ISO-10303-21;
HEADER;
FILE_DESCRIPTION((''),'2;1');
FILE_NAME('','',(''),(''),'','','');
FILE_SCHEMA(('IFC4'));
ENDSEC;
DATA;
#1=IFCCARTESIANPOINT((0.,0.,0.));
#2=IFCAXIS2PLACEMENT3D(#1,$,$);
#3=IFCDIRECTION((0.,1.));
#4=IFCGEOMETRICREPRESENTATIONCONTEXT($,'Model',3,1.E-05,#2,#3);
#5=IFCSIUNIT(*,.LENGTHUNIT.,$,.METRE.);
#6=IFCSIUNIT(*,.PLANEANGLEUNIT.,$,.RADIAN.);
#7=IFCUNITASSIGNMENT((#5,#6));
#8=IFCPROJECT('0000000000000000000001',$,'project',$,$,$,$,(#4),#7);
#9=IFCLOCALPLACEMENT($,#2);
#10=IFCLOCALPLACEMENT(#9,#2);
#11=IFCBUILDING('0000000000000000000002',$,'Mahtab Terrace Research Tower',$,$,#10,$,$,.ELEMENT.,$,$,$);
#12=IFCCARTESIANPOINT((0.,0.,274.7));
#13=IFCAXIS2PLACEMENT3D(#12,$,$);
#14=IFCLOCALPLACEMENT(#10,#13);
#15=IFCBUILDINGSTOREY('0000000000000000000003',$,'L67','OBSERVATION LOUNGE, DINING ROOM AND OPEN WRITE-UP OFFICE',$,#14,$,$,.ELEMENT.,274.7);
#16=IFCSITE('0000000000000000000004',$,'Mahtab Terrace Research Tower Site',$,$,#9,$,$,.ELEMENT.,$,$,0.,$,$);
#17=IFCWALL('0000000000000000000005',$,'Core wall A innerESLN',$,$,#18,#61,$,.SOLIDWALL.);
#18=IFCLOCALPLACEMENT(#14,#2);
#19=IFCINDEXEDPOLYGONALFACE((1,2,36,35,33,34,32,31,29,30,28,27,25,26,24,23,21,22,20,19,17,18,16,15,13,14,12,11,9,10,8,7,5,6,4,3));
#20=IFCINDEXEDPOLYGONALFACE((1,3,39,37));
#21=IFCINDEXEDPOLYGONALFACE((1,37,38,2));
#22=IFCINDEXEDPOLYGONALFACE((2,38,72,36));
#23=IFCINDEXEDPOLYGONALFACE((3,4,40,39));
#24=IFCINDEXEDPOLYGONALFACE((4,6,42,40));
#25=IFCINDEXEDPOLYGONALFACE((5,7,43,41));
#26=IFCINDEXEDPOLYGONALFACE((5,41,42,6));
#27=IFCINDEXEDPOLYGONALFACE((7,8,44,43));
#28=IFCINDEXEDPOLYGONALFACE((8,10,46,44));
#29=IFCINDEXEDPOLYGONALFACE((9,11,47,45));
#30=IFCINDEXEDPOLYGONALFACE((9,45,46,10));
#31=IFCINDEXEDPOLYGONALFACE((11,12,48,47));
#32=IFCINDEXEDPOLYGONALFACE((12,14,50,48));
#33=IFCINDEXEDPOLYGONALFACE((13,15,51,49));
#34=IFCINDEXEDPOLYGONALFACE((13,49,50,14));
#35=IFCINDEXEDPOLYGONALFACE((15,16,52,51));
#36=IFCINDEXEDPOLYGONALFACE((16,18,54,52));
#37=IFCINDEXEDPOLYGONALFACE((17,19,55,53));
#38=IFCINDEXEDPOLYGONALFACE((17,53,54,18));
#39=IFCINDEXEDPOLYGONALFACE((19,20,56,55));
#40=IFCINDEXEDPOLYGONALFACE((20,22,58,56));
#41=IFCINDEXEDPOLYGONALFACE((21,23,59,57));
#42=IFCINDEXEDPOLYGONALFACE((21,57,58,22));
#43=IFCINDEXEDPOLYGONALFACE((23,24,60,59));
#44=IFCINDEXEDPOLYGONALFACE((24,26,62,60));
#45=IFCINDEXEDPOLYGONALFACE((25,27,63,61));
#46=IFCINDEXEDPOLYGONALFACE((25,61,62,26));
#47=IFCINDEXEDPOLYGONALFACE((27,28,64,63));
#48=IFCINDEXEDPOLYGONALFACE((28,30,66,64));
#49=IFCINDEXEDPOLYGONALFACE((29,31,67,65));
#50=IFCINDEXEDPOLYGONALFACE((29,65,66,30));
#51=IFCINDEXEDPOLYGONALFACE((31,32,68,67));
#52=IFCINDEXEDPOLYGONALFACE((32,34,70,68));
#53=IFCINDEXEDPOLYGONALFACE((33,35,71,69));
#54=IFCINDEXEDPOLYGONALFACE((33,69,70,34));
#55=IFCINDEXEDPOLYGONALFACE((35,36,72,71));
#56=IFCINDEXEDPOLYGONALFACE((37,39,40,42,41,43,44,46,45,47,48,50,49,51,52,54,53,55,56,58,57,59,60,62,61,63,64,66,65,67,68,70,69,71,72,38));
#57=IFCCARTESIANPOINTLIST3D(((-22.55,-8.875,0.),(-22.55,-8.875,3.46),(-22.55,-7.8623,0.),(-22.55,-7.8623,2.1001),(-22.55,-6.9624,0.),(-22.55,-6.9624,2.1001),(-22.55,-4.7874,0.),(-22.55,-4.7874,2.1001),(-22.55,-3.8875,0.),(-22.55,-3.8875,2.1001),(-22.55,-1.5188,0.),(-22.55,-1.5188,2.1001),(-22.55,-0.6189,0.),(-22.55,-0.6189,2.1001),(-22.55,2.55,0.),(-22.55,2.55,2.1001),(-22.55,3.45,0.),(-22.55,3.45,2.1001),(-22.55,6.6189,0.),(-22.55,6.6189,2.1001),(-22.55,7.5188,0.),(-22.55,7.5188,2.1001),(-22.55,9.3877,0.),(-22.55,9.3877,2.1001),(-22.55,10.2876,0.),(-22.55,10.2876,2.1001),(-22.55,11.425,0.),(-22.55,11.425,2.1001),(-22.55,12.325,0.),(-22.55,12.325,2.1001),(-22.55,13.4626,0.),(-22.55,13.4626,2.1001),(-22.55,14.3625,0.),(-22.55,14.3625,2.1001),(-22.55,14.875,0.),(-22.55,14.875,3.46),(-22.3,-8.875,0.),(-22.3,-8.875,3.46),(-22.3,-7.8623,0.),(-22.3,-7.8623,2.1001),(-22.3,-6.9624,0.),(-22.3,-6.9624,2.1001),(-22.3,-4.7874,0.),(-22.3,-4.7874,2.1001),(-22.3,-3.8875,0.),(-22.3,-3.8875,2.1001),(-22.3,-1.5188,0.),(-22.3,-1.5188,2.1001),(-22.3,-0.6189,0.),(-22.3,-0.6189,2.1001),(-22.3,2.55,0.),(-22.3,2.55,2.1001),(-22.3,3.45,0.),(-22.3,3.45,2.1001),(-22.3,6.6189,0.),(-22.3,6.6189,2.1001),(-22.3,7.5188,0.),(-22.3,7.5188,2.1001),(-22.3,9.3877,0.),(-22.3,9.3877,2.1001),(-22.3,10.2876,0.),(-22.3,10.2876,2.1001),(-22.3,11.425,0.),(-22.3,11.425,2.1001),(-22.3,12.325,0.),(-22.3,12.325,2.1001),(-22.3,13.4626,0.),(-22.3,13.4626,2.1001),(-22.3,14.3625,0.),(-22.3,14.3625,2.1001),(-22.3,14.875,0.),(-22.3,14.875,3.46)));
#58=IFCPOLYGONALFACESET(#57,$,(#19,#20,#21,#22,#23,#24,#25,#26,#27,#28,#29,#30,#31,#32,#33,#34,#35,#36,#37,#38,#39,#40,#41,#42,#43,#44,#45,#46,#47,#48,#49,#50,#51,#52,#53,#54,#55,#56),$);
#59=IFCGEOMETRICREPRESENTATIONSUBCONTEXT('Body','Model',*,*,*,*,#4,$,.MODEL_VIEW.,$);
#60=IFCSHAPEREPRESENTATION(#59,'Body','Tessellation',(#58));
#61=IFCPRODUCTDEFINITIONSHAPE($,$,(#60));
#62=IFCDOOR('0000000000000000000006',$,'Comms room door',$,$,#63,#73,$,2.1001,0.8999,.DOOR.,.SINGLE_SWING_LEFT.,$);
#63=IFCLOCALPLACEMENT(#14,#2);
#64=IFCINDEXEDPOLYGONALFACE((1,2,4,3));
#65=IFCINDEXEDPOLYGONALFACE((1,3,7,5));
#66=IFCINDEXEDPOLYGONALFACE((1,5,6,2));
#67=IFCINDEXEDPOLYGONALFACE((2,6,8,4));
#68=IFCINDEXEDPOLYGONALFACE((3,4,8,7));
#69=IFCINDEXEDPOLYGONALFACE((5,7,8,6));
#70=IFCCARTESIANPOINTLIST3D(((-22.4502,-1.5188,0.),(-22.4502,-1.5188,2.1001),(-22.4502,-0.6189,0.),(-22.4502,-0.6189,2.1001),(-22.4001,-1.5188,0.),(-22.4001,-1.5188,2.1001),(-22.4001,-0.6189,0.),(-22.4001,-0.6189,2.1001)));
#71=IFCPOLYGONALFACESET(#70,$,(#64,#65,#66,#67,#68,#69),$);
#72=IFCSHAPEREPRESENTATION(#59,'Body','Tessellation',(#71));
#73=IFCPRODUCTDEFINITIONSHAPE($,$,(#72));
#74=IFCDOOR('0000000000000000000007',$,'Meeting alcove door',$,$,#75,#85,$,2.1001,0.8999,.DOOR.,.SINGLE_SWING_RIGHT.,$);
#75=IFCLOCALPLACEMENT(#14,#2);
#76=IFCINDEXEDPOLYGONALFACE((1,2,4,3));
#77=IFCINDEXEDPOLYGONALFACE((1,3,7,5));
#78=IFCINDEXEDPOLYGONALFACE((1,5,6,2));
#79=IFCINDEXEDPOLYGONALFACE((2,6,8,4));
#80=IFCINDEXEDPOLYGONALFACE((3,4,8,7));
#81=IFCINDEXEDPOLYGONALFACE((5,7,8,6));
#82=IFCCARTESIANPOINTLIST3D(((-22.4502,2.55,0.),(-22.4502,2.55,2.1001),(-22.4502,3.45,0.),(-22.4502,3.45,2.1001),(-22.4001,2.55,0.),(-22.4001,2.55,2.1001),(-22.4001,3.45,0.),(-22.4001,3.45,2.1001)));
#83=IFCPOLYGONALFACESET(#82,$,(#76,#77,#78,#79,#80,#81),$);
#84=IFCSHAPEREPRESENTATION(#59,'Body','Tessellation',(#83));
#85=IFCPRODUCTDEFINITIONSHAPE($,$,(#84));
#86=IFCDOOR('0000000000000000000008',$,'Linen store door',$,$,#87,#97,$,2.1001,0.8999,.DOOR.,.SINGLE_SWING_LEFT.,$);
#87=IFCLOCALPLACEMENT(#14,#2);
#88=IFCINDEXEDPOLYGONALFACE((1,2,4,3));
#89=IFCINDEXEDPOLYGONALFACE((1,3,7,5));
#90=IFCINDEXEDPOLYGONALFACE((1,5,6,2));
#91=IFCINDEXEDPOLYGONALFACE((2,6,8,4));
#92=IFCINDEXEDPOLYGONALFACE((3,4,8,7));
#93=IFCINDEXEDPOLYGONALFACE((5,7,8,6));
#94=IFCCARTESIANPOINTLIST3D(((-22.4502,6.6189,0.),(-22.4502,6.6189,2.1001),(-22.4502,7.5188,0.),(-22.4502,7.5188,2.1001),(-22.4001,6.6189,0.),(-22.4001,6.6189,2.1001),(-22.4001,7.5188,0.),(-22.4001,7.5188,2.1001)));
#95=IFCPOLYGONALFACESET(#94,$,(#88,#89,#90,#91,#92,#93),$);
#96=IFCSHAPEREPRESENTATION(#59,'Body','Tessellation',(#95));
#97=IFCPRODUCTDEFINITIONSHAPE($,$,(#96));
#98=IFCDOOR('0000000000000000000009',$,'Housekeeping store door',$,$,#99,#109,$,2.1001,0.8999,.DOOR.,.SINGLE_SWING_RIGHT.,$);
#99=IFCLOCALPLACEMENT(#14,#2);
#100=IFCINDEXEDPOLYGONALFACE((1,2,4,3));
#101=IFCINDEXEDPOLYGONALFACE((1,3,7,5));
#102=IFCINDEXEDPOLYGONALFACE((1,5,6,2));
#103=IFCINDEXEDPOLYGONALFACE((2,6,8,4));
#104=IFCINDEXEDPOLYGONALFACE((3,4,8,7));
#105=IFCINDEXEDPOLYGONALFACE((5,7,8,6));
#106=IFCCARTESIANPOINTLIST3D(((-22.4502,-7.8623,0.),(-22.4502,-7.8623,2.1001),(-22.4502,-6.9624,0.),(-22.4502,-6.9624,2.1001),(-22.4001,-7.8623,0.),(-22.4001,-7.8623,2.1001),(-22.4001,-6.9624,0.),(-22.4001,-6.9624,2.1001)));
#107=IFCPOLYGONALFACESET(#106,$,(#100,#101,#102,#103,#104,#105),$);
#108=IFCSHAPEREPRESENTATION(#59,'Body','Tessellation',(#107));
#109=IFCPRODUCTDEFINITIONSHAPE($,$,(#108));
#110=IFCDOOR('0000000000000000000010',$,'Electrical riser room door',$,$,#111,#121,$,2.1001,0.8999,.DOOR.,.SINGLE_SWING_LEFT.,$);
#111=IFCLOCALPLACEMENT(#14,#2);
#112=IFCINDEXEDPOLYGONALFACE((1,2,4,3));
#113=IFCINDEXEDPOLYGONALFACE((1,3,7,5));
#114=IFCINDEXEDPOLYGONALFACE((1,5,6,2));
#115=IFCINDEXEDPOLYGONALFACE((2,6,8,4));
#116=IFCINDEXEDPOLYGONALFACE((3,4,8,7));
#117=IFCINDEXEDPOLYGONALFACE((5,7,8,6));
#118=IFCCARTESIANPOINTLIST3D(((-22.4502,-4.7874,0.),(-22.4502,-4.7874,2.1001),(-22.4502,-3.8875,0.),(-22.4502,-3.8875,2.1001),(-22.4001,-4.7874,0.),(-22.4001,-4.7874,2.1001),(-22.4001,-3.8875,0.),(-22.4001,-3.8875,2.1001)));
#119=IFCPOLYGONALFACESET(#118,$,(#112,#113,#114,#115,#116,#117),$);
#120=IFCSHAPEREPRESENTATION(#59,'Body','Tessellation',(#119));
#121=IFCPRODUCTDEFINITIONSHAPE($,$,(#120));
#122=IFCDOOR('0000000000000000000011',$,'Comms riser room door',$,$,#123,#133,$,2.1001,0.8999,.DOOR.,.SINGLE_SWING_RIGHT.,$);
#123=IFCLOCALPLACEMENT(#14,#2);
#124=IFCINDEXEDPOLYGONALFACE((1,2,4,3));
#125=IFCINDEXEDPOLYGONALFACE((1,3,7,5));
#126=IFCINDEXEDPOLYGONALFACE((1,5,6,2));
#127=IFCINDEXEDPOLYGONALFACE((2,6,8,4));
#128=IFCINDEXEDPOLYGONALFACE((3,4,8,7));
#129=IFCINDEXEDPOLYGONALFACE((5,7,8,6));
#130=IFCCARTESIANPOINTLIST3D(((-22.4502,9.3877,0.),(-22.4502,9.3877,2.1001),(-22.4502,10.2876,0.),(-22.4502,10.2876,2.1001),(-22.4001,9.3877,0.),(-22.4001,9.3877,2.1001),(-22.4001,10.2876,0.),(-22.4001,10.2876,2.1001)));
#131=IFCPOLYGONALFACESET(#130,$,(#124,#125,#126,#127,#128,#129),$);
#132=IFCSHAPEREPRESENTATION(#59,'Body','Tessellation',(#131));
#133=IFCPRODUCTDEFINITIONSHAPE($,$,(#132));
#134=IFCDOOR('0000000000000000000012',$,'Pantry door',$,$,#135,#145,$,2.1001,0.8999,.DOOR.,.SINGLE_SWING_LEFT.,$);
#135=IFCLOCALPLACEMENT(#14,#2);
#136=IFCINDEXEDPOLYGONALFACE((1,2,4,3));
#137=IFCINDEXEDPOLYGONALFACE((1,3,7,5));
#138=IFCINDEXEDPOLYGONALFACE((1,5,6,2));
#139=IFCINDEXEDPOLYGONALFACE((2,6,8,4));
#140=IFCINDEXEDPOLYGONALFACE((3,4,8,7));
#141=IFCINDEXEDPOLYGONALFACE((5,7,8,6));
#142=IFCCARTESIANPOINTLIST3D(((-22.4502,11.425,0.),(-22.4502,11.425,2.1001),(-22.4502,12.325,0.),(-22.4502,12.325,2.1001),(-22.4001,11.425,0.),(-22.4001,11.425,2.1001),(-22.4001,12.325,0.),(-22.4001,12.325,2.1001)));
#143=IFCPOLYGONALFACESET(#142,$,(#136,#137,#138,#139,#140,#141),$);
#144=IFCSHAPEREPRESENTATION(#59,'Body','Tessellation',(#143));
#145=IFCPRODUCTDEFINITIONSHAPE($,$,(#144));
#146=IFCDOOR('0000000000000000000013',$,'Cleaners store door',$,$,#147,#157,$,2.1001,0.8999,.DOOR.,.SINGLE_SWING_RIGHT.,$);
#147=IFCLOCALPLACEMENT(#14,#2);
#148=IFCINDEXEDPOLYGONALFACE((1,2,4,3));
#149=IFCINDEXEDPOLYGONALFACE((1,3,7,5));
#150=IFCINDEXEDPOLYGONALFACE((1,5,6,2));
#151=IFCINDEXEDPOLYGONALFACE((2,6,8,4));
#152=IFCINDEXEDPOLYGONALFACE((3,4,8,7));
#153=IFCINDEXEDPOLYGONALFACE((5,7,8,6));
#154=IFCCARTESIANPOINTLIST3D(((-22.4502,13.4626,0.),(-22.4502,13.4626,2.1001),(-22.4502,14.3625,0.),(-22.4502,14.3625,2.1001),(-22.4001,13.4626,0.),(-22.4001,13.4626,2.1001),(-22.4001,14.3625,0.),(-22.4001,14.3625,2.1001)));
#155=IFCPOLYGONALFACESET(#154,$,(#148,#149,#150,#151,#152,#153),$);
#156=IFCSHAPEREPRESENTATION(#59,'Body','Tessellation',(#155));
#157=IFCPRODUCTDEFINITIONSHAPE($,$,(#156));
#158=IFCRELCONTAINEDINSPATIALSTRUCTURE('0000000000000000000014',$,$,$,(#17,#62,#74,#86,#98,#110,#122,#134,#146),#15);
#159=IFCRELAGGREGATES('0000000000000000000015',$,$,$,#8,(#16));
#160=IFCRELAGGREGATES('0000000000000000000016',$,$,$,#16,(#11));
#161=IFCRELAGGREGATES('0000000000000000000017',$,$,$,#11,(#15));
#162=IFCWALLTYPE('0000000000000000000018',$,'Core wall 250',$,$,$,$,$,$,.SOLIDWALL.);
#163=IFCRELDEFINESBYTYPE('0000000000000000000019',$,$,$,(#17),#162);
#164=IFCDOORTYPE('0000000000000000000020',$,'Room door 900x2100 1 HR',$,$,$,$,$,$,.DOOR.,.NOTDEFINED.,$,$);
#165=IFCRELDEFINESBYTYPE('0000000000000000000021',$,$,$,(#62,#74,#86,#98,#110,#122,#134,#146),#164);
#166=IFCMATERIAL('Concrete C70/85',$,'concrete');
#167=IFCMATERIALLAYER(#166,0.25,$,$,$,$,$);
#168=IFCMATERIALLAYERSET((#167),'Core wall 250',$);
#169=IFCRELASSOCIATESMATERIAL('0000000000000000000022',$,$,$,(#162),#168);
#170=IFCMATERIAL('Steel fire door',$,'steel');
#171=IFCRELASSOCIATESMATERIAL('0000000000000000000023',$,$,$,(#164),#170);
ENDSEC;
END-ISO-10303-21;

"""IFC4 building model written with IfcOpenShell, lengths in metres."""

from ifc_helpers import new_model, si_unit, direction, frame, frame_2d, origin, place, context, subcontext, project, spatial, rectangle, extrude, material, layer, layer_set, type_object, element, fill, save


model = new_model("IFC4")

# Units and contexts
model_context = context("Model", 3, precision=1e-05, world=origin(), true_north=direction((0.0, 1.0)))
body_context = subcontext(model_context, "Body", "Model", "MODEL_VIEW")
ifc_project = project(units=[si_unit("LENGTHUNIT", "METRE"), si_unit("PLANEANGLEUNIT", "RADIAN")], contexts=[model_context])

# Site, building, storey
site_placement = place(None, origin())
site = spatial("IfcSite", under=ifc_project, at=site_placement, Name="Mahtab Terrace Research Tower Site", CompositionType="ELEMENT", RefElevation=0.0)
building_placement = place(site_placement, origin())
building = spatial("IfcBuilding", under=site, at=building_placement, Name="Mahtab Terrace Research Tower", CompositionType="ELEMENT")
storey_placement = place(building_placement, frame((0.0, 0.0, 274.7)))
storey = spatial("IfcBuildingStorey", under=building, at=storey_placement, Name="L67", Description="OBSERVATION LOUNGE, DINING ROOM AND OPEN WRITE-UP OFFICE", CompositionType="ELEMENT", Elevation=274.7)

# Shared definitions
ifc_material_1 = material(Name="Concrete C70/85", Category="concrete")
ifc_layer_1 = layer(ifc_material_1, 0.25)
ifc_layer_set_1 = layer_set([ifc_layer_1], Name="Core wall 250")
wall_type_1 = type_object("IfcWallType", Name="Core wall 250", PredefinedType="SOLIDWALL", material=ifc_layer_set_1)
ifc_material_2 = material(Name="Steel fire door", Category="steel")

# Wall, openings, doors
wall_1_placement = place(storey_placement, frame((-22.425, 14.875, 0.0), z_axis=(0.0, 0.0, 1.0), x_axis=(0.0, -1.0, 0.0)))
wall_1 = element("IfcWall", 1, at=wall_1_placement, inside=storey, type_object=wall_type_1, Name="Core wall A innerESLN", PredefinedType="SOLIDWALL", context=body_context, shape_type="SweptSolid", body=[
    extrude(rectangle(XDim=23.75, YDim=0.25, at=frame_2d((11.875, 0.0))), origin(), (0.0, 0.0, 1.0), 3.46),
])
opening_1_placement = place(wall_1_placement, frame((15.4939, 0.0, 0.0)))
opening_1 = element("IfcOpeningElement", 2, at=opening_1_placement, cuts=wall_1, PredefinedType="OPENING", context=body_context, shape_type="SweptSolid", body=[
    extrude(rectangle(XDim=0.8999, YDim=2.1001, at=frame_2d((0.45, 1.05))), frame((0.0, 0.135, 0.0), z_axis=(0.0, -1.0, 0.0), x_axis=(1.0, 0.0, 0.0)), (0.0, 0.0, 1.0), 0.27),
])
opening_2_placement = place(wall_1_placement, frame((11.425, 0.0, 0.0)))
opening_2 = element("IfcOpeningElement", 3, at=opening_2_placement, cuts=wall_1, PredefinedType="OPENING", context=body_context, shape_type="SweptSolid", body=[
    extrude(rectangle(XDim=0.8999, YDim=2.1001, at=frame_2d((0.45, 1.05))), frame((0.0, 0.135, 0.0), z_axis=(0.0, -1.0, 0.0), x_axis=(1.0, 0.0, 0.0)), (0.0, 0.0, 1.0), 0.27),
])
opening_3_placement = place(wall_1_placement, frame((7.3562, 0.0, 0.0)))
opening_3 = element("IfcOpeningElement", 4, at=opening_3_placement, cuts=wall_1, PredefinedType="OPENING", context=body_context, shape_type="SweptSolid", body=[
    extrude(rectangle(XDim=0.8999, YDim=2.1001, at=frame_2d((0.45, 1.05))), frame((0.0, 0.135, 0.0), z_axis=(0.0, -1.0, 0.0), x_axis=(1.0, 0.0, 0.0)), (0.0, 0.0, 1.0), 0.27),
])
opening_4_placement = place(wall_1_placement, frame((21.8374, 0.0, 0.0)))
opening_4 = element("IfcOpeningElement", 5, at=opening_4_placement, cuts=wall_1, PredefinedType="OPENING", context=body_context, shape_type="SweptSolid", body=[
    extrude(rectangle(XDim=0.8999, YDim=2.1001, at=frame_2d((0.45, 1.05))), frame((0.0, 0.135, 0.0), z_axis=(0.0, -1.0, 0.0), x_axis=(1.0, 0.0, 0.0)), (0.0, 0.0, 1.0), 0.27),
])
opening_5_placement = place(wall_1_placement, frame((18.7625, 0.0, 0.0)))
opening_5 = element("IfcOpeningElement", 6, at=opening_5_placement, cuts=wall_1, PredefinedType="OPENING", context=body_context, shape_type="SweptSolid", body=[
    extrude(rectangle(XDim=0.8999, YDim=2.1001, at=frame_2d((0.45, 1.05))), frame((0.0, 0.135, 0.0), z_axis=(0.0, -1.0, 0.0), x_axis=(1.0, 0.0, 0.0)), (0.0, 0.0, 1.0), 0.27),
])
opening_6_placement = place(wall_1_placement, frame((4.5874, 0.0, 0.0)))
opening_6 = element("IfcOpeningElement", 7, at=opening_6_placement, cuts=wall_1, PredefinedType="OPENING", context=body_context, shape_type="SweptSolid", body=[
    extrude(rectangle(XDim=0.8999, YDim=2.1001, at=frame_2d((0.45, 1.05))), frame((0.0, 0.135, 0.0), z_axis=(0.0, -1.0, 0.0), x_axis=(1.0, 0.0, 0.0)), (0.0, 0.0, 1.0), 0.27),
])
opening_7_placement = place(wall_1_placement, frame((2.55, 0.0, 0.0)))
opening_7 = element("IfcOpeningElement", 8, at=opening_7_placement, cuts=wall_1, PredefinedType="OPENING", context=body_context, shape_type="SweptSolid", body=[
    extrude(rectangle(XDim=0.8999, YDim=2.1001, at=frame_2d((0.45, 1.05))), frame((0.0, 0.135, 0.0), z_axis=(0.0, -1.0, 0.0), x_axis=(1.0, 0.0, 0.0)), (0.0, 0.0, 1.0), 0.27),
])
opening_8_placement = place(wall_1_placement, frame((0.5125, 0.0, 0.0)))
opening_8 = element("IfcOpeningElement", 9, at=opening_8_placement, cuts=wall_1, PredefinedType="OPENING", context=body_context, shape_type="SweptSolid", body=[
    extrude(rectangle(XDim=0.8999, YDim=2.1001, at=frame_2d((0.45, 1.05))), frame((0.0, 0.135, 0.0), z_axis=(0.0, -1.0, 0.0), x_axis=(1.0, 0.0, 0.0)), (0.0, 0.0, 1.0), 0.27),
])
door_type_1 = type_object("IfcDoorType", Name="Room door 900x2100 1 HR", OperationType="NOTDEFINED", PredefinedType="DOOR", material=ifc_material_2)
door_1_placement = place(opening_1_placement, origin())
door_1 = element("IfcDoor", 10, at=door_1_placement, inside=storey, type_object=door_type_1, Name="Comms room door", OperationType="SINGLE_SWING_LEFT", OverallHeight=2.1001, OverallWidth=0.8999, PredefinedType="DOOR", context=body_context, shape_type="SweptSolid", body=[
    extrude(rectangle(XDim=0.8999, YDim=2.1001, at=frame_2d((0.45, 1.05))), frame((0.0, 0.0249, 0.0), z_axis=(0.0, -1.0, 0.0), x_axis=(1.0, 0.0, 0.0)), (0.0, 0.0, 1.0), 0.05),
])
fill(opening_1, door_1)
door_2_placement = place(opening_2_placement, origin())
door_2 = element("IfcDoor", 11, at=door_2_placement, inside=storey, type_object=door_type_1, Name="Meeting alcove door", OperationType="SINGLE_SWING_RIGHT", OverallHeight=2.1001, OverallWidth=0.8999, PredefinedType="DOOR", context=body_context, shape_type="SweptSolid", body=[
    extrude(rectangle(XDim=0.8999, YDim=2.1001, at=frame_2d((0.45, 1.05))), frame((0.0, 0.0249, 0.0), z_axis=(0.0, -1.0, 0.0), x_axis=(1.0, 0.0, 0.0)), (0.0, 0.0, 1.0), 0.05),
])
fill(opening_2, door_2)
door_3_placement = place(opening_3_placement, origin())
door_3 = element("IfcDoor", 12, at=door_3_placement, inside=storey, type_object=door_type_1, Name="Linen store door", OperationType="SINGLE_SWING_LEFT", OverallHeight=2.1001, OverallWidth=0.8999, PredefinedType="DOOR", context=body_context, shape_type="SweptSolid", body=[
    extrude(rectangle(XDim=0.8999, YDim=2.1001, at=frame_2d((0.45, 1.05))), frame((0.0, 0.0249, 0.0), z_axis=(0.0, -1.0, 0.0), x_axis=(1.0, 0.0, 0.0)), (0.0, 0.0, 1.0), 0.05),
])
fill(opening_3, door_3)
door_4_placement = place(opening_4_placement, origin())
door_4 = element("IfcDoor", 13, at=door_4_placement, inside=storey, type_object=door_type_1, Name="Housekeeping store door", OperationType="SINGLE_SWING_RIGHT", OverallHeight=2.1001, OverallWidth=0.8999, PredefinedType="DOOR", context=body_context, shape_type="SweptSolid", body=[
    extrude(rectangle(XDim=0.8999, YDim=2.1001, at=frame_2d((0.45, 1.05))), frame((0.0, 0.0249, 0.0), z_axis=(0.0, -1.0, 0.0), x_axis=(1.0, 0.0, 0.0)), (0.0, 0.0, 1.0), 0.05),
])
fill(opening_4, door_4)
door_5_placement = place(opening_5_placement, origin())
door_5 = element("IfcDoor", 14, at=door_5_placement, inside=storey, type_object=door_type_1, Name="Electrical riser room door", OperationType="SINGLE_SWING_LEFT", OverallHeight=2.1001, OverallWidth=0.8999, PredefinedType="DOOR", context=body_context, shape_type="SweptSolid", body=[
    extrude(rectangle(XDim=0.8999, YDim=2.1001, at=frame_2d((0.45, 1.05))), frame((0.0, 0.0249, 0.0), z_axis=(0.0, -1.0, 0.0), x_axis=(1.0, 0.0, 0.0)), (0.0, 0.0, 1.0), 0.05),
])
fill(opening_5, door_5)
door_6_placement = place(opening_6_placement, origin())
door_6 = element("IfcDoor", 15, at=door_6_placement, inside=storey, type_object=door_type_1, Name="Comms riser room door", OperationType="SINGLE_SWING_RIGHT", OverallHeight=2.1001, OverallWidth=0.8999, PredefinedType="DOOR", context=body_context, shape_type="SweptSolid", body=[
    extrude(rectangle(XDim=0.8999, YDim=2.1001, at=frame_2d((0.45, 1.05))), frame((0.0, 0.0249, 0.0), z_axis=(0.0, -1.0, 0.0), x_axis=(1.0, 0.0, 0.0)), (0.0, 0.0, 1.0), 0.05),
])
fill(opening_6, door_6)
door_7_placement = place(opening_7_placement, origin())
door_7 = element("IfcDoor", 16, at=door_7_placement, inside=storey, type_object=door_type_1, Name="Pantry door", OperationType="SINGLE_SWING_LEFT", OverallHeight=2.1001, OverallWidth=0.8999, PredefinedType="DOOR", context=body_context, shape_type="SweptSolid", body=[
    extrude(rectangle(XDim=0.8999, YDim=2.1001, at=frame_2d((0.45, 1.05))), frame((0.0, 0.0249, 0.0), z_axis=(0.0, -1.0, 0.0), x_axis=(1.0, 0.0, 0.0)), (0.0, 0.0, 1.0), 0.05),
])
fill(opening_7, door_7)
door_8_placement = place(opening_8_placement, origin())
door_8 = element("IfcDoor", 17, at=door_8_placement, inside=storey, type_object=door_type_1, Name="Cleaners store door", OperationType="SINGLE_SWING_RIGHT", OverallHeight=2.1001, OverallWidth=0.8999, PredefinedType="DOOR", context=body_context, shape_type="SweptSolid", body=[
    extrude(rectangle(XDim=0.8999, YDim=2.1001, at=frame_2d((0.45, 1.05))), frame((0.0, 0.0249, 0.0), z_axis=(0.0, -1.0, 0.0), x_axis=(1.0, 0.0, 0.0)), (0.0, 0.0, 1.0), 0.05),
])
fill(opening_8, door_8)

save(model, "model.ifc")
